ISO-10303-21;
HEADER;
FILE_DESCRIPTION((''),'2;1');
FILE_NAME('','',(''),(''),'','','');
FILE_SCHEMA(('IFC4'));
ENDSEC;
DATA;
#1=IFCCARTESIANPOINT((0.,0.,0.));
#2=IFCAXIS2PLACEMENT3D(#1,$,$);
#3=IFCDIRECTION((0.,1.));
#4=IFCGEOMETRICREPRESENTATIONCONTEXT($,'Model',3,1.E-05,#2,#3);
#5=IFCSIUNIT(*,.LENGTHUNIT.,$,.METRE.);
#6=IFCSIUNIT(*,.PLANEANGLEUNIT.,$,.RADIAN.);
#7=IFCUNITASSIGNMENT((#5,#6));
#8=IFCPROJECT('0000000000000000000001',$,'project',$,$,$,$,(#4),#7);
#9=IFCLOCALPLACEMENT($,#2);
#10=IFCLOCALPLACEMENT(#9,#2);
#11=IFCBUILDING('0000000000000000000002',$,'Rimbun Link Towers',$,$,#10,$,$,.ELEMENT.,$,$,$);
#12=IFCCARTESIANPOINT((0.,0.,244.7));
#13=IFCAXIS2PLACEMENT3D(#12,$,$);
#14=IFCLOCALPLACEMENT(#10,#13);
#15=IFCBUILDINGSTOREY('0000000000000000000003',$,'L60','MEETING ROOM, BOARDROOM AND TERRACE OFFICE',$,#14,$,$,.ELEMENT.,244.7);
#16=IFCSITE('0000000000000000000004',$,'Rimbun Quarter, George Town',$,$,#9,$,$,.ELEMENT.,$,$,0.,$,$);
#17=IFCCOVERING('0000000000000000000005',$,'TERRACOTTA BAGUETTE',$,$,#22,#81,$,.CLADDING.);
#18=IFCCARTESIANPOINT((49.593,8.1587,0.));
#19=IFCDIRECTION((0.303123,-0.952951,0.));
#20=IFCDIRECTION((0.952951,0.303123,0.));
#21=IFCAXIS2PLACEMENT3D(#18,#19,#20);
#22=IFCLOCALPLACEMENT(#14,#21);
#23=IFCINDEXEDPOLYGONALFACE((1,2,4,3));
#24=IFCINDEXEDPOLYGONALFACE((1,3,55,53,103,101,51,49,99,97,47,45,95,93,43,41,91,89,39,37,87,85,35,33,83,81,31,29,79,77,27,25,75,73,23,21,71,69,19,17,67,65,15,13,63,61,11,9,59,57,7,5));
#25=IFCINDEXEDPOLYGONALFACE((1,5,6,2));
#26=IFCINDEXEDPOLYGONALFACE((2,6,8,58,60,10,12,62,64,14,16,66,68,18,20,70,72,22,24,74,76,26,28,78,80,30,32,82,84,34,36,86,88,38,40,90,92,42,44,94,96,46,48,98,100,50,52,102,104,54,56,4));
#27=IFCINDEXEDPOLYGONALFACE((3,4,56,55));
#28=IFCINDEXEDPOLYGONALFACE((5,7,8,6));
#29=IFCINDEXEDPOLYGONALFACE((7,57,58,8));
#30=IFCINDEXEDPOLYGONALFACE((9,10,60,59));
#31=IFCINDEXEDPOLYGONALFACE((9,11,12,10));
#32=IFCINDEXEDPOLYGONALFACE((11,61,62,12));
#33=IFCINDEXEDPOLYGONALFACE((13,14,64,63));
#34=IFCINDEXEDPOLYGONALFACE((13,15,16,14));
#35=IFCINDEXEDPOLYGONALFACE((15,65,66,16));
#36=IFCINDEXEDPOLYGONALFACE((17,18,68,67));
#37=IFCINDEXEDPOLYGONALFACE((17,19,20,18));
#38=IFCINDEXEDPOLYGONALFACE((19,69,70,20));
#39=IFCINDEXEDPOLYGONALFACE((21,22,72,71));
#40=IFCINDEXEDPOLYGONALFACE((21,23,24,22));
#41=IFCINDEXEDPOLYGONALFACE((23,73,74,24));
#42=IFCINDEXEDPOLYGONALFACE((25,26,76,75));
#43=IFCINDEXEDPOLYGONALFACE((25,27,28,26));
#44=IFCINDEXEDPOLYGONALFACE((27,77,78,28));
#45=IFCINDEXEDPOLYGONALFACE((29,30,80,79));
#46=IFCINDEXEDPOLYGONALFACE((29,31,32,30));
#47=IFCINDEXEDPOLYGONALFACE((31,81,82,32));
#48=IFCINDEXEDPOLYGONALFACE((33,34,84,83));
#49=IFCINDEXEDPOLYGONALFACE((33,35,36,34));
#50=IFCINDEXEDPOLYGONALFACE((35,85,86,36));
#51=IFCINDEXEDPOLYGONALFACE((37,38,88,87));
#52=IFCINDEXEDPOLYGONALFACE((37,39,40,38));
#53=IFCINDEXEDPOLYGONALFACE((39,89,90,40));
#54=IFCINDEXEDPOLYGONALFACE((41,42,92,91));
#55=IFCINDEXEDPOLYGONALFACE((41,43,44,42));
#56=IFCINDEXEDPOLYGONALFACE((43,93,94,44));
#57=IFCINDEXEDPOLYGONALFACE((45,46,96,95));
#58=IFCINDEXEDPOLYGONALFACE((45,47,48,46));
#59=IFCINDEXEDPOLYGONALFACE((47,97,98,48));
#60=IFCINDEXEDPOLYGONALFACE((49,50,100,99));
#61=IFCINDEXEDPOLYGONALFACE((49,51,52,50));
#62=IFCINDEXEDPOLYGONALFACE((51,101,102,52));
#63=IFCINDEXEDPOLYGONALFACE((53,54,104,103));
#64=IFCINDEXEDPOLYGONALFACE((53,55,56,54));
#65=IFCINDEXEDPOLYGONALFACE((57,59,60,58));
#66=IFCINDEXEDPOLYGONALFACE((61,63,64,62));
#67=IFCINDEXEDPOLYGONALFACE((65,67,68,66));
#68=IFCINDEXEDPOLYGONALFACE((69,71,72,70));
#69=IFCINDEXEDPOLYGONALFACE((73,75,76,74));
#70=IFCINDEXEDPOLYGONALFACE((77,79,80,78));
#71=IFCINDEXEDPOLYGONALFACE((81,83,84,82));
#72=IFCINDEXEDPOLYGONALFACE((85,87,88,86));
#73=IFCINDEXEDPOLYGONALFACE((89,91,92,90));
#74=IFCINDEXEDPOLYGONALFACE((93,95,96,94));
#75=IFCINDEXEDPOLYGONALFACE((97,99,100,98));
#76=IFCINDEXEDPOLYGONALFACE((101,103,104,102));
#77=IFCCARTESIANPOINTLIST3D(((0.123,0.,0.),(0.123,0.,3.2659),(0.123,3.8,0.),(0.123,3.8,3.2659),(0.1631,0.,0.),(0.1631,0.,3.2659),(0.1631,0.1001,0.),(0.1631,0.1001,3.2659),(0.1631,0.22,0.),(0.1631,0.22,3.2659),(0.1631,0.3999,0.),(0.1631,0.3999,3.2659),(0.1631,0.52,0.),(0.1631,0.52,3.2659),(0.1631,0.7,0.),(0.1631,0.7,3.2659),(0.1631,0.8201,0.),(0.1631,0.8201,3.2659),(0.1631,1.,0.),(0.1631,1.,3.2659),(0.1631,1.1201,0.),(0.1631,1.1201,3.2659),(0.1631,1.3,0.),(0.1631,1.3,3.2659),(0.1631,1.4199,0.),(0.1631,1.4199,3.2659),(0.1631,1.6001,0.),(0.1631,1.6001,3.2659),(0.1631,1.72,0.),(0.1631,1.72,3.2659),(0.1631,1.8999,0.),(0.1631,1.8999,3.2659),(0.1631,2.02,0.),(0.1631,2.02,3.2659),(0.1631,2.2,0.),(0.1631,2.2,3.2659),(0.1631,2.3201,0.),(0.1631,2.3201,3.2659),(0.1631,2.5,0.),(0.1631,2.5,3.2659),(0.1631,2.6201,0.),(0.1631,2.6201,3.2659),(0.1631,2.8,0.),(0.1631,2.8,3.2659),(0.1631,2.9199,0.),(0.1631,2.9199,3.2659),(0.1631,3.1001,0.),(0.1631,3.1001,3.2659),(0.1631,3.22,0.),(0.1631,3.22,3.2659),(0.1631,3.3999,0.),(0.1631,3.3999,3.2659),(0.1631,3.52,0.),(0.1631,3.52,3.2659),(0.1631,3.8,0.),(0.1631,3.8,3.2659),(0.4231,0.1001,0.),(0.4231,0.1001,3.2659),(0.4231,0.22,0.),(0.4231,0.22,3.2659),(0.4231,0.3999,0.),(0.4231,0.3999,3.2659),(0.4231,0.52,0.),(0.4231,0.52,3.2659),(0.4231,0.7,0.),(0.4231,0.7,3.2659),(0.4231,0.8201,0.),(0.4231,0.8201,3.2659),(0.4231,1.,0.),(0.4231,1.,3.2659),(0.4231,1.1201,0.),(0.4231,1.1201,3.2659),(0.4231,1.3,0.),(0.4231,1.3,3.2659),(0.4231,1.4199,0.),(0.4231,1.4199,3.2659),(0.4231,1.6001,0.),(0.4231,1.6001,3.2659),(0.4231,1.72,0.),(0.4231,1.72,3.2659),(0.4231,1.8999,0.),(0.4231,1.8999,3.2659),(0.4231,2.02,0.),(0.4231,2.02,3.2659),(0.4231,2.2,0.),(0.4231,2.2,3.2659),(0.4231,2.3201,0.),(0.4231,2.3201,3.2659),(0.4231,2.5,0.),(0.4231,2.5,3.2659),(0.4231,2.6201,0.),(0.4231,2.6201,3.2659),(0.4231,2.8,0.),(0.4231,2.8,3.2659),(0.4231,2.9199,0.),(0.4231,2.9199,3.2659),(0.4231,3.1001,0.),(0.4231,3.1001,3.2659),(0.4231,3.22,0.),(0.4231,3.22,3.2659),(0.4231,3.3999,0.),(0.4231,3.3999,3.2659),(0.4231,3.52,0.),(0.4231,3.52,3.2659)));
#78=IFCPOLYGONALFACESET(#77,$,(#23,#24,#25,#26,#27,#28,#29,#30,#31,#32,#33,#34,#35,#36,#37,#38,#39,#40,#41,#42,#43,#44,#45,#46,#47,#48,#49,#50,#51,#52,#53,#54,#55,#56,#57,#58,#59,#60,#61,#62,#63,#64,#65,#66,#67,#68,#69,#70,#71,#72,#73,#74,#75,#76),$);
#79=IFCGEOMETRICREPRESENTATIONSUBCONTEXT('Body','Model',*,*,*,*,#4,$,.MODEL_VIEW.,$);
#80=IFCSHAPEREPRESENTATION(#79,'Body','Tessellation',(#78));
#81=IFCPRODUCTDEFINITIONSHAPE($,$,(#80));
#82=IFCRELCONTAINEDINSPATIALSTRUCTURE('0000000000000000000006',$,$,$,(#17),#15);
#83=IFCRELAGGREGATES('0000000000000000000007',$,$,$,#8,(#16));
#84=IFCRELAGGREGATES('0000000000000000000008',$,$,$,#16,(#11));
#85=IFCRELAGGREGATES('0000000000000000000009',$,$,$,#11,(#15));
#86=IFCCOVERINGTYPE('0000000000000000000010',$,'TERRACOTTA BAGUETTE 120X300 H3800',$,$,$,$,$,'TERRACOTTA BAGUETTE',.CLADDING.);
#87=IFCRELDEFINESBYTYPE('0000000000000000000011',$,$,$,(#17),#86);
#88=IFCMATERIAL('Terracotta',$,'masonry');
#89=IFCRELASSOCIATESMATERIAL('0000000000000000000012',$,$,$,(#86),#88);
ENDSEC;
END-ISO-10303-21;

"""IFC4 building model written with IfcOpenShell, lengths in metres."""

from ifc_helpers import new_model, si_unit, direction, frame, origin, place, context, subcontext, project, spatial, polyline, outline, extrude, material, material_profile, profile_set, type_object, element, save


model = new_model("IFC4")

# Units and contexts
model_context = context("Model", 3, precision=1e-05, world=origin(), true_north=direction((0.0, 1.0)))
body_context = subcontext(model_context, "Body", "Model", "MODEL_VIEW")
ifc_project = project(units=[si_unit("LENGTHUNIT", "METRE"), si_unit("PLANEANGLEUNIT", "RADIAN")], contexts=[model_context])

# Site, building, storey
site_placement = place(None, origin())
site = spatial("IfcSite", under=ifc_project, at=site_placement, Name="Rimbun Quarter, George Town", CompositionType="ELEMENT", RefElevation=0.0)
building_placement = place(site_placement, origin())
building = spatial("IfcBuilding", under=site, at=building_placement, Name="Rimbun Link Towers", CompositionType="ELEMENT")
storey_placement = place(building_placement, frame((0.0, 0.0, 244.7)))
storey = spatial("IfcBuildingStorey", under=building, at=storey_placement, Name="L60", Description="MEETING ROOM, BOARDROOM AND TERRACE OFFICE", CompositionType="ELEMENT", Elevation=244.7)

# Covering
ifc_material_1 = material(Name="Terracotta", Category="masonry")
ifc_material_profile_1 = material_profile(ifc_material_1, outline(polyline([(0.123, 0.0), (0.1631, 0.0), (0.1631, 0.1001), (0.4231, 0.1001), (0.4231, 0.22), (0.1631, 0.22), (0.1631, 0.3999), (0.4231, 0.3999), (0.4231, 0.52), (0.1631, 0.52), (0.1631, 0.7), (0.4231, 0.7), (0.4231, 0.8201), (0.1631, 0.8201), (0.1631, 1.0), (0.4231, 1.0), (0.4231, 1.1201), (0.1631, 1.1201), (0.1631, 1.3), (0.4231, 1.3), (0.4231, 1.4199), (0.1631, 1.4199), (0.1631, 1.6001), (0.4231, 1.6001), (0.4231, 1.72), (0.1631, 1.72), (0.1631, 1.8999), (0.4231, 1.8999), (0.4231, 2.02), (0.1631, 2.02), (0.1631, 2.2), (0.4231, 2.2), (0.4231, 2.3201), (0.1631, 2.3201), (0.1631, 2.5), (0.4231, 2.5), (0.4231, 2.6201), (0.1631, 2.6201), (0.1631, 2.8), (0.4231, 2.8), (0.4231, 2.9199), (0.1631, 2.9199), (0.1631, 3.1001), (0.4231, 3.1001), (0.4231, 3.22), (0.1631, 3.22), (0.1631, 3.3999), (0.4231, 3.3999), (0.4231, 3.52), (0.1631, 3.52), (0.1631, 3.8), (0.123, 3.8), (0.123, 0.0)])), Name="BAGUETTE 120X300")
ifc_profile_set_1 = profile_set([ifc_material_profile_1], Name="Terracotta")
covering_type = type_object("IfcCoveringType", Name="TERRACOTTA BAGUETTE 120X300 H3800", ElementType="TERRACOTTA BAGUETTE", PredefinedType="CLADDING", material=ifc_profile_set_1)
covering_1_placement = place(storey_placement, frame((49.593, 8.1587, 0.0), z_axis=(0.303123, -0.952951, 0.0), x_axis=(0.952951, 0.303123, 0.0)))
element("IfcCovering", 1, at=covering_1_placement, inside=storey, type_object=covering_type, Name="TERRACOTTA BAGUETTE", PredefinedType="CLADDING", context=body_context, shape_type="SweptSolid", body=[
    extrude(outline(polyline([(0.123, 0.0), (0.1631, 0.0), (0.1631, 0.1001), (0.4231, 0.1001), (0.4231, 0.22), (0.1631, 0.22), (0.1631, 0.3999), (0.4231, 0.3999), (0.4231, 0.52), (0.1631, 0.52), (0.1631, 0.7), (0.4231, 0.7), (0.4231, 0.8201), (0.1631, 0.8201), (0.1631, 1.0), (0.4231, 1.0), (0.4231, 1.1201), (0.1631, 1.1201), (0.1631, 1.3), (0.4231, 1.3), (0.4231, 1.4199), (0.1631, 1.4199), (0.1631, 1.6001), (0.4231, 1.6001), (0.4231, 1.72), (0.1631, 1.72), (0.1631, 1.8999), (0.4231, 1.8999), (0.4231, 2.02), (0.1631, 2.02), (0.1631, 2.2), (0.4231, 2.2), (0.4231, 2.3201), (0.1631, 2.3201), (0.1631, 2.5), (0.4231, 2.5), (0.4231, 2.6201), (0.1631, 2.6201), (0.1631, 2.8), (0.4231, 2.8), (0.4231, 2.9199), (0.1631, 2.9199), (0.1631, 3.1001), (0.4231, 3.1001), (0.4231, 3.22), (0.1631, 3.22), (0.1631, 3.3999), (0.4231, 3.3999), (0.4231, 3.52), (0.1631, 3.52), (0.1631, 3.8), (0.123, 3.8), (0.123, 0.0)])), origin(), (0.0, 0.0, 1.0), 3.2659),
])

save(model, "model.ifc")
